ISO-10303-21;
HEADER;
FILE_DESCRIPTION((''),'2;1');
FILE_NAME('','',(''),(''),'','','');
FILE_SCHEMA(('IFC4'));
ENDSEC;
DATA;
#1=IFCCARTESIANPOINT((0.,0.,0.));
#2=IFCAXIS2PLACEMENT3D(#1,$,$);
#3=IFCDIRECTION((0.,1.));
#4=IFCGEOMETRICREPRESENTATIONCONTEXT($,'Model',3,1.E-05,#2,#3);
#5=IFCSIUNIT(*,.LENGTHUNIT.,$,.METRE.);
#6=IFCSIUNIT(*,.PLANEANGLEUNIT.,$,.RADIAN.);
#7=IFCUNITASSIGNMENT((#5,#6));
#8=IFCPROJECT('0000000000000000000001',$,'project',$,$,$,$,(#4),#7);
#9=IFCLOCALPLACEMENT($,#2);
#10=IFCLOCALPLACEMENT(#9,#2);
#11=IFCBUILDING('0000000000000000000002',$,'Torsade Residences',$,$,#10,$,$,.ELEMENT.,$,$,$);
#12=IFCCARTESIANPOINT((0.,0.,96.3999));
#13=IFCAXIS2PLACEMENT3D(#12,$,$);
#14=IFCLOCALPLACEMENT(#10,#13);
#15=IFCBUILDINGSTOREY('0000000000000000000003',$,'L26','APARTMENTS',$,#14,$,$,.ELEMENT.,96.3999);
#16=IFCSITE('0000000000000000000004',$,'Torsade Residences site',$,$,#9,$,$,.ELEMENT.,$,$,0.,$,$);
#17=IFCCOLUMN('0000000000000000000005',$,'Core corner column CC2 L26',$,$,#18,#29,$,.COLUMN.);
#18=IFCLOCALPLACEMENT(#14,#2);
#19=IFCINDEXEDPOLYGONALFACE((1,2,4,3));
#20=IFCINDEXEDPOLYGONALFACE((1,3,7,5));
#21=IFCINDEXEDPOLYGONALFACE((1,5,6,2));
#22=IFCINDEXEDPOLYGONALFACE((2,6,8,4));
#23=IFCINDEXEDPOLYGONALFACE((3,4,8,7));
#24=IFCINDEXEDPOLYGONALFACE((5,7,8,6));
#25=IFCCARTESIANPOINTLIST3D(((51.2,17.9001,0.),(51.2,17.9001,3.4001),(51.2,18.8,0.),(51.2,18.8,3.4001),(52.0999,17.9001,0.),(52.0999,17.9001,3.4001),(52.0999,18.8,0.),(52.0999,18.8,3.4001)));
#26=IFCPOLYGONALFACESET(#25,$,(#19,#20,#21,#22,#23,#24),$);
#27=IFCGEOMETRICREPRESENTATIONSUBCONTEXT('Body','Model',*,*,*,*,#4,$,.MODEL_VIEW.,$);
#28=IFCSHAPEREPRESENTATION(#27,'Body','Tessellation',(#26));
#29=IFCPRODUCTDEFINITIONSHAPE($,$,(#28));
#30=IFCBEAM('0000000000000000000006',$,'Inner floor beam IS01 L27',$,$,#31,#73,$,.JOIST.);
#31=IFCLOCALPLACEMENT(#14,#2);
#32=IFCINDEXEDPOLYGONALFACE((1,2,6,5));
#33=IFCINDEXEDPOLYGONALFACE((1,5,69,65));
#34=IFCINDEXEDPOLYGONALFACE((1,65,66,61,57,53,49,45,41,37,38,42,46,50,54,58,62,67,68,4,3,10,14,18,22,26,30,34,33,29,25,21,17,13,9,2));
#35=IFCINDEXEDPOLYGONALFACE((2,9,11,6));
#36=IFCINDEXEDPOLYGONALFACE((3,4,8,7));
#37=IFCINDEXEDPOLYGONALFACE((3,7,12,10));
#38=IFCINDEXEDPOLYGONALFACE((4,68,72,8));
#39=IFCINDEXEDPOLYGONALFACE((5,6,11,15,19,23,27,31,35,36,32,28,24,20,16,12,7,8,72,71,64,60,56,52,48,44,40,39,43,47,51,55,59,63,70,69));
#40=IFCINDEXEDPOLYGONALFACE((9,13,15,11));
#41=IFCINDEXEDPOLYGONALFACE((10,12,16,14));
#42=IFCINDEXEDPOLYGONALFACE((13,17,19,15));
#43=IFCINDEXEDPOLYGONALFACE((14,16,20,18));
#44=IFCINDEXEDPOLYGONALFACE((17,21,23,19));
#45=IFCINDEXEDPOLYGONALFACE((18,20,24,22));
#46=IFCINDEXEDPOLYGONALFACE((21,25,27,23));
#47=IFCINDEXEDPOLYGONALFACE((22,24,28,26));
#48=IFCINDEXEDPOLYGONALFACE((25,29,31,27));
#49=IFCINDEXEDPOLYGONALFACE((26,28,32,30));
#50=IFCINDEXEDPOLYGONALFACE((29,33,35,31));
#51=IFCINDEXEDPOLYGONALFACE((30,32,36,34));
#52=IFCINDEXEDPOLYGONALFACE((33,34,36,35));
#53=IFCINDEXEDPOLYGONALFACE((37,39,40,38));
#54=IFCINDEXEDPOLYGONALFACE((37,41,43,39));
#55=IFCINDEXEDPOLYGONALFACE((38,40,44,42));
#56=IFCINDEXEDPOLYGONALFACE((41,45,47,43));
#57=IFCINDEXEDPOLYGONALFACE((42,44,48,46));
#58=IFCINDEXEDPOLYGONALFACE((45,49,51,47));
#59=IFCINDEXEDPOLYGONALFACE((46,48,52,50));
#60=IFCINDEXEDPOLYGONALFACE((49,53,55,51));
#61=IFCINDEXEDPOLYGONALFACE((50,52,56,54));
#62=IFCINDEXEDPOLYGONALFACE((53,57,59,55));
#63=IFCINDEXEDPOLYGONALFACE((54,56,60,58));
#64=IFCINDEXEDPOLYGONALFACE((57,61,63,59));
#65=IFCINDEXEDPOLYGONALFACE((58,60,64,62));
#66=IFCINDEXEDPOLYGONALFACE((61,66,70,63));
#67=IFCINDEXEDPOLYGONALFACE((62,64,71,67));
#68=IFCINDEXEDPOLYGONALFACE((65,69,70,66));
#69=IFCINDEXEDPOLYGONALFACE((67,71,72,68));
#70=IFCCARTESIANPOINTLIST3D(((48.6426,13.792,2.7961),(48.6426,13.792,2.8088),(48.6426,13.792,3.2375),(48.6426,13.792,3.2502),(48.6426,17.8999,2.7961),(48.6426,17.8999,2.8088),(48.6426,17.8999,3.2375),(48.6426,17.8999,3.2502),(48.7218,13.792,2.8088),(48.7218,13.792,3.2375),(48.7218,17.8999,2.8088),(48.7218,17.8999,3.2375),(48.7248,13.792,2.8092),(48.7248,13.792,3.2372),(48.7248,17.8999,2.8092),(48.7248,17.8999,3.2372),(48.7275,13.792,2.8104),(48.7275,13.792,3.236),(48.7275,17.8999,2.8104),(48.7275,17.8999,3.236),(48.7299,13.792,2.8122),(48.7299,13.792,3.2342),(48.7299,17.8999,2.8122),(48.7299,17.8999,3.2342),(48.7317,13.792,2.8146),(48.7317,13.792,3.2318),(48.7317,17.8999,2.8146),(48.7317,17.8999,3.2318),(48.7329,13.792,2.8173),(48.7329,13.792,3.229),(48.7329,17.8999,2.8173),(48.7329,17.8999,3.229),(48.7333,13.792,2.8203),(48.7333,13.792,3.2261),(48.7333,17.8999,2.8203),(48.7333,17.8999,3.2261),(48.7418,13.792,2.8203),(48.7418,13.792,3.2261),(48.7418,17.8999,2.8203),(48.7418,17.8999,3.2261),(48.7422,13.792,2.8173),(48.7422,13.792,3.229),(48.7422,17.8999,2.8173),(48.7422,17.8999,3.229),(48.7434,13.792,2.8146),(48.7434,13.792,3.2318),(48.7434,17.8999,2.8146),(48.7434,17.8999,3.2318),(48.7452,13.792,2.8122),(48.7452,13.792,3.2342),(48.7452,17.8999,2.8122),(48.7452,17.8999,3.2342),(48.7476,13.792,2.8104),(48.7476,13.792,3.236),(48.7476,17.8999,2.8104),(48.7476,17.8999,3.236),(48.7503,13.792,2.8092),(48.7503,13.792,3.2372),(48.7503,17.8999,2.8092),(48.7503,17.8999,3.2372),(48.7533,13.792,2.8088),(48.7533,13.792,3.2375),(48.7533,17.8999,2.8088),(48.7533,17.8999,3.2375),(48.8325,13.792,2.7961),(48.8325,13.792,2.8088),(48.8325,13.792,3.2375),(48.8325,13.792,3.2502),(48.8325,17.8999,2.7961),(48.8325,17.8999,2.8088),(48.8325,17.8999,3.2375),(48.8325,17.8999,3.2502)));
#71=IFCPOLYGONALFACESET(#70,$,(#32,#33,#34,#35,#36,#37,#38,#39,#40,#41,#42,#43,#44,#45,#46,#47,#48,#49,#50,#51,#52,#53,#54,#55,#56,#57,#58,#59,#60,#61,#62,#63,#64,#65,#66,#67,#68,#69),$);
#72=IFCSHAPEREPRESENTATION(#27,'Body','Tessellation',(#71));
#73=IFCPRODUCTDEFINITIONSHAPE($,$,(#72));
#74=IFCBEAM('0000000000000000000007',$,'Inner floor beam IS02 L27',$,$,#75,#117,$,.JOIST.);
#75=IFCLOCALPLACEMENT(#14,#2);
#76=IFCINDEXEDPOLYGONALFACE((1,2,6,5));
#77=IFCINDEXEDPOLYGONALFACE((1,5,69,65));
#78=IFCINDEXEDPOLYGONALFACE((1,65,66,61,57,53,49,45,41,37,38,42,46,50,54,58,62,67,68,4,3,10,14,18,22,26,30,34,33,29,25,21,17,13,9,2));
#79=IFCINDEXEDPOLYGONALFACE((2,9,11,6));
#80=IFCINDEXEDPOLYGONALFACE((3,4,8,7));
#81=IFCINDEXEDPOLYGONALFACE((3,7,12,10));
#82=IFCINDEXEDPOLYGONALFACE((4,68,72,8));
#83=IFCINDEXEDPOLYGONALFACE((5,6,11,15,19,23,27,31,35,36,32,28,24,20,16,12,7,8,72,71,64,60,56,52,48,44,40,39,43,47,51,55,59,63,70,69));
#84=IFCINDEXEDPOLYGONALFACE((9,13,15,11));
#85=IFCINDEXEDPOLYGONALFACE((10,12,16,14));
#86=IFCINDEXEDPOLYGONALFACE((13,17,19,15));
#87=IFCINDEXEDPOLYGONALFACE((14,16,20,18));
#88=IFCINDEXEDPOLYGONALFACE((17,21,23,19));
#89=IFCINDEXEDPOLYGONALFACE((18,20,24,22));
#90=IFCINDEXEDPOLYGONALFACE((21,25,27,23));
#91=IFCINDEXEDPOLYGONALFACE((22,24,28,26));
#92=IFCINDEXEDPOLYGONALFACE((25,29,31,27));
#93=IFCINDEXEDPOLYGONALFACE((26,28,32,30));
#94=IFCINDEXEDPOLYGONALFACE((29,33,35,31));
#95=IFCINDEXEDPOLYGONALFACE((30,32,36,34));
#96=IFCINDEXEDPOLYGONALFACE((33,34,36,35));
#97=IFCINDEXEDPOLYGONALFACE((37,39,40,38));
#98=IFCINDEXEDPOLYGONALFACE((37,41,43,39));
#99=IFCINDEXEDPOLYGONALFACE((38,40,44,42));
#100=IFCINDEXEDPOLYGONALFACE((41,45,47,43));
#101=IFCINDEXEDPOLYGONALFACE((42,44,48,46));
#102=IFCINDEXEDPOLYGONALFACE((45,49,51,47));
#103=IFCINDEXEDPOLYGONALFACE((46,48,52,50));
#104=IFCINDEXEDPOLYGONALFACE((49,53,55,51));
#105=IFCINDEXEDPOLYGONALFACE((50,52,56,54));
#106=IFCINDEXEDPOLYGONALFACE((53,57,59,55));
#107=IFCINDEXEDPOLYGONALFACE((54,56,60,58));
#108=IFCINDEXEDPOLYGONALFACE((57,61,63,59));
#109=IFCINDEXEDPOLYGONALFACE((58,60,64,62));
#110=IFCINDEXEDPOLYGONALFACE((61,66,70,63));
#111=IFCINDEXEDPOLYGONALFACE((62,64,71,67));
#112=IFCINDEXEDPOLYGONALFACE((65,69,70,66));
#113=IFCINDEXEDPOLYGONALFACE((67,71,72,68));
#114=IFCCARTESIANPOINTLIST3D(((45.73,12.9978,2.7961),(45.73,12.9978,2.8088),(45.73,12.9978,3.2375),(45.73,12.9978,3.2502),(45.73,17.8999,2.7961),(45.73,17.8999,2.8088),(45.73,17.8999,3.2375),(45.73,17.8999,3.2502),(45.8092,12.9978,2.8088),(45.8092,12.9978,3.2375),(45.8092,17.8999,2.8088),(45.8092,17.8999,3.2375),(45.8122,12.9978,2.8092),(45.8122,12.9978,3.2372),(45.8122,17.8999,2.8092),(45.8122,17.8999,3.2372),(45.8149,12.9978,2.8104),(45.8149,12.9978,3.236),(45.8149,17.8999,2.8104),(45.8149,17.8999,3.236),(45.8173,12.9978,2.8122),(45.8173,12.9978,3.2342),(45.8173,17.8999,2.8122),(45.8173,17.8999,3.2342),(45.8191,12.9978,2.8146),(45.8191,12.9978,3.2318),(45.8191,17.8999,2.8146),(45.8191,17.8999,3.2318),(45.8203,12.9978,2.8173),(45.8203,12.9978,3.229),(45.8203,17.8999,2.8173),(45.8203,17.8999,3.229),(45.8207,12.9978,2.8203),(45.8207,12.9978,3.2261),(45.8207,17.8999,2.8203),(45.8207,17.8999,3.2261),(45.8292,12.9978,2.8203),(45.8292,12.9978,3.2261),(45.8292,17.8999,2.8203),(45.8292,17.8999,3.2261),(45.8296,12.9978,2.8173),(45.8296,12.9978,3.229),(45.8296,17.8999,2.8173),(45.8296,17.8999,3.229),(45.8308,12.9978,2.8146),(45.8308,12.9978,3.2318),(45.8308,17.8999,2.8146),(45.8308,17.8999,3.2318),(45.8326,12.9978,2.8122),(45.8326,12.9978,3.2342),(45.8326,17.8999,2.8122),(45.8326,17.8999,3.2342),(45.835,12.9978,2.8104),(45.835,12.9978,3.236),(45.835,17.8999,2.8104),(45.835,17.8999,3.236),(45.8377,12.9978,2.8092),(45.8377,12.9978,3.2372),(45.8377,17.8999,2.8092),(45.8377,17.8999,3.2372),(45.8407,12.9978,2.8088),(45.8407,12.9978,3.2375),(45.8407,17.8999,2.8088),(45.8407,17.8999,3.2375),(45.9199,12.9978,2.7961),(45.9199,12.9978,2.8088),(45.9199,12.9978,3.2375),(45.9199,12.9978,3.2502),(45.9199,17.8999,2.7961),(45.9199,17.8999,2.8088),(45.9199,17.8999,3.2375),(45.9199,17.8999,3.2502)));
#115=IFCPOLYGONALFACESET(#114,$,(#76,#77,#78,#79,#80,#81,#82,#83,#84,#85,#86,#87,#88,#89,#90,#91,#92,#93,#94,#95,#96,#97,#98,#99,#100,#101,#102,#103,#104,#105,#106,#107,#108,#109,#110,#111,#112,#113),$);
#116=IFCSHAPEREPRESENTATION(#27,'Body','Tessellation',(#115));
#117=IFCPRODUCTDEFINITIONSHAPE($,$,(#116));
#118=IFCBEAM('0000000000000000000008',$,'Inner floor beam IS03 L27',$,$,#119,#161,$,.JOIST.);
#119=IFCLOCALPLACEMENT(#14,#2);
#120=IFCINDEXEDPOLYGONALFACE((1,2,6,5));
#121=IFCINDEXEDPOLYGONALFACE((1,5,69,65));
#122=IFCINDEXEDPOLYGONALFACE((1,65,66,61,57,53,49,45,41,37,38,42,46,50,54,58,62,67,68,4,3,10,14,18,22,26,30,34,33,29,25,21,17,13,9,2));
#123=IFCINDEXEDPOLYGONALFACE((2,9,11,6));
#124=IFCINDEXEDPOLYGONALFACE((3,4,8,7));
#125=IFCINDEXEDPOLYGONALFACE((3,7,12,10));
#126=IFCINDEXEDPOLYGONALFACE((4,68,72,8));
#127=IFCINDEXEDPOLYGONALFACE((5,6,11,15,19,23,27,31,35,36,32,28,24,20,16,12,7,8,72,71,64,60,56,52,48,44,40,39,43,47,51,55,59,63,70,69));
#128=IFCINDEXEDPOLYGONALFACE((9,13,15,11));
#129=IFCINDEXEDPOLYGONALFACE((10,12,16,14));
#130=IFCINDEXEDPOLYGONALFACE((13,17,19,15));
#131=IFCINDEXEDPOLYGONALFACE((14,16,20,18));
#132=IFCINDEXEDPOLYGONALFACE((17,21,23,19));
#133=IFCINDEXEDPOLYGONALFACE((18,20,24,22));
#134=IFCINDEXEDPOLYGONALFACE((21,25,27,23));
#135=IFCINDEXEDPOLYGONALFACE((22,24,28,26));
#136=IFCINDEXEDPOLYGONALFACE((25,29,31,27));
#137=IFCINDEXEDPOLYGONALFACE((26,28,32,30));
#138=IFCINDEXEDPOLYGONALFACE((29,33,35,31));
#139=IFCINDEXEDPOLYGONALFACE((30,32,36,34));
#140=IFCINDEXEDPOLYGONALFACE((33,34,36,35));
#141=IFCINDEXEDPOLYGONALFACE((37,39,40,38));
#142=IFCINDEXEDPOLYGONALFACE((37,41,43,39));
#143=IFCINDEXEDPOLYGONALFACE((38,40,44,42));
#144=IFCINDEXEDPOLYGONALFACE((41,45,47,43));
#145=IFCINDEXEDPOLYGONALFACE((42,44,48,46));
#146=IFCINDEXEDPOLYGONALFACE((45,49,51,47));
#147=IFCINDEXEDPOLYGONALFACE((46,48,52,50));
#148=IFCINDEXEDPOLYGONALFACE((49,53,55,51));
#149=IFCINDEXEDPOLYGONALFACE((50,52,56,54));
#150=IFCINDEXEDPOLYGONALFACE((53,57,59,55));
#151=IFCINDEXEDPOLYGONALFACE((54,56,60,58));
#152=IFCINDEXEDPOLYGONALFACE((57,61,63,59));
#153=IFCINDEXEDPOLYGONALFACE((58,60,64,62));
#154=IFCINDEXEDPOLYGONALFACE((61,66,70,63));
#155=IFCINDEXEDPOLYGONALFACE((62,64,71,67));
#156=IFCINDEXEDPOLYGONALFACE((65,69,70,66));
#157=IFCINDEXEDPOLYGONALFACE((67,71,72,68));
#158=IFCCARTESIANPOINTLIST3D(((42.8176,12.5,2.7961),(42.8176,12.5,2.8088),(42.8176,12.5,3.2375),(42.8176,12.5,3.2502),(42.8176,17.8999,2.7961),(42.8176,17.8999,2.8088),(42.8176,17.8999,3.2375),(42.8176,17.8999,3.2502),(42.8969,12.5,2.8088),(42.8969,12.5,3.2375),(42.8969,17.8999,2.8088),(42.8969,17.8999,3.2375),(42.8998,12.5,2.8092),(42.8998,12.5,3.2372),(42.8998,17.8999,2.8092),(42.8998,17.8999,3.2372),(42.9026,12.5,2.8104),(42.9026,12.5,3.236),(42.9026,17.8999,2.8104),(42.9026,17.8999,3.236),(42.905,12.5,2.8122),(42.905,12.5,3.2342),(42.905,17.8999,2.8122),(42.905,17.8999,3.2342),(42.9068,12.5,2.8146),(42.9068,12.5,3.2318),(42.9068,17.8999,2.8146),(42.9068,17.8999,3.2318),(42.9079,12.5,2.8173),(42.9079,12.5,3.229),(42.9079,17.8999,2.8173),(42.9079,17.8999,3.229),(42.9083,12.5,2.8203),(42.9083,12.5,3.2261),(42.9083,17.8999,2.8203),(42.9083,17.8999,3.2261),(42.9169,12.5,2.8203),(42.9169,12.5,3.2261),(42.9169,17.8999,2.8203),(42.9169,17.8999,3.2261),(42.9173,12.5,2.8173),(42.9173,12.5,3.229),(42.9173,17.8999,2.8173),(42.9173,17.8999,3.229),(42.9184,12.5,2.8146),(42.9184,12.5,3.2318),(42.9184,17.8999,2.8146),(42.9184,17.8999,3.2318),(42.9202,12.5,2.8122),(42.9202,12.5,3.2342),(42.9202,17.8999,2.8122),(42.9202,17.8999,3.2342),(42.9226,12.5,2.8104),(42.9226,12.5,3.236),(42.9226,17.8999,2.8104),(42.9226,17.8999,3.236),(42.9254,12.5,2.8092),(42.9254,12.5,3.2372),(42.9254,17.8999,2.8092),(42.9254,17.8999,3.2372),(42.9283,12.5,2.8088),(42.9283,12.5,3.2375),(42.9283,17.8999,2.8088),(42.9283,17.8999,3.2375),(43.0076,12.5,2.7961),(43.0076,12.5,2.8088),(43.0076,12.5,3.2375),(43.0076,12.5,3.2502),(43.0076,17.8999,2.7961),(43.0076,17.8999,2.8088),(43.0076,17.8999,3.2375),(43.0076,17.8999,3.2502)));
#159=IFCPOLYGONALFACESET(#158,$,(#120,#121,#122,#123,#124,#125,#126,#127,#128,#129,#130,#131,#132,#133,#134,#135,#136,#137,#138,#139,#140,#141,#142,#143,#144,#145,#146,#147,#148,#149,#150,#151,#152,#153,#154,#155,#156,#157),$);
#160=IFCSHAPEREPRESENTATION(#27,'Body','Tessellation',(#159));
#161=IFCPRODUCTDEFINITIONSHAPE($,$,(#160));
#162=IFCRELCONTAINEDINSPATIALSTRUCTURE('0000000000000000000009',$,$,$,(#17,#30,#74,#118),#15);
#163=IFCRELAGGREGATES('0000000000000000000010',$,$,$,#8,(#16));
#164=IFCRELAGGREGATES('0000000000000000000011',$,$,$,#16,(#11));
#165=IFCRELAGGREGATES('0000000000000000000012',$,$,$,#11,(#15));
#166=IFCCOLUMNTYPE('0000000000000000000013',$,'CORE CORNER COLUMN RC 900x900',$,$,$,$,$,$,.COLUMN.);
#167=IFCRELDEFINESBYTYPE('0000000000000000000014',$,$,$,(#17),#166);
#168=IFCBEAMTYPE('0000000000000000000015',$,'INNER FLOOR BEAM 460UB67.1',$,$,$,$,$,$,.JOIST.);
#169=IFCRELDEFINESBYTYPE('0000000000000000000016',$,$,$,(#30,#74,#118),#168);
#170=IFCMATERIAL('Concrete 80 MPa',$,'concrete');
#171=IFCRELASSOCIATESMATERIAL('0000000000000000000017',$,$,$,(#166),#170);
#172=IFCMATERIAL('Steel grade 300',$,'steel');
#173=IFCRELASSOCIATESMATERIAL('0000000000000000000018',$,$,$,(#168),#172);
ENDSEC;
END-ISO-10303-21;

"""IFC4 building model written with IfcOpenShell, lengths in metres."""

from ifc_helpers import new_model, si_unit, direction, frame, origin, origin_2d, place, context, subcontext, project, spatial, rectangle, i_section, extrude, material, material_profile, profile_set, type_object, element, save


model = new_model("IFC4")

# Units and contexts
model_context = context("Model", 3, precision=1e-05, world=origin(), true_north=direction((0.0, 1.0)))
body_context = subcontext(model_context, "Body", "Model", "MODEL_VIEW")
ifc_project = project(units=[si_unit("LENGTHUNIT", "METRE"), si_unit("PLANEANGLEUNIT", "RADIAN")], contexts=[model_context])

# Site, building, storey
site_placement = place(None, origin())
site = spatial("IfcSite", under=ifc_project, at=site_placement, Name="Torsade Residences site", CompositionType="ELEMENT", RefElevation=0.0)
building_placement = place(site_placement, origin())
building = spatial("IfcBuilding", under=site, at=building_placement, Name="Torsade Residences", CompositionType="ELEMENT")
storey_placement = place(building_placement, frame((0.0, 0.0, 96.3999)))
storey = spatial("IfcBuildingStorey", under=building, at=storey_placement, Name="L26", Description="APARTMENTS", CompositionType="ELEMENT", Elevation=96.3999)

# Column
ifc_material_1 = material(Name="Concrete 80 MPa", Category="concrete")
ifc_material_profile_1 = material_profile(ifc_material_1, rectangle(XDim=0.8999, YDim=0.8999, at=origin_2d()), Name="RC 900x900")
ifc_profile_set_1 = profile_set([ifc_material_profile_1], Name="Concrete 80 MPa")
column_type = type_object("IfcColumnType", Name="CORE CORNER COLUMN RC 900x900", PredefinedType="COLUMN", material=ifc_profile_set_1)
column_placement = place(storey_placement, frame((51.6499, 18.3501, 0.0), z_axis=(0.0, 0.0, 1.0), x_axis=(1.0, 0.0, 0.0)))
element("IfcColumn", 1, at=column_placement, inside=storey, type_object=column_type, Name="Core corner column CC2 L26", PredefinedType="COLUMN", context=body_context, shape_type="SweptSolid", body=[
    extrude(rectangle(XDim=0.8999, YDim=0.8999, at=origin_2d()), origin(), (0.0, 0.0, 1.0), 3.4001),
])

# Beams
ifc_material_2 = material(Name="Steel grade 300", Category="steel")
ifc_material_profile_2 = material_profile(ifc_material_2, i_section(OverallWidth=0.1899, OverallDepth=0.4541, WebThickness=0.0085, FlangeThickness=0.0127, FilletRadius=0.0115, at=origin_2d()), Name="460UB67.1")
ifc_profile_set_2 = profile_set([ifc_material_profile_2], Name="Steel grade 300")
beam_type_1 = type_object("IfcBeamType", Name="INNER FLOOR BEAM 460UB67.1", PredefinedType="JOIST", material=ifc_profile_set_2)
beam_1_placement = place(storey_placement, frame((48.7375, 17.8999, 3.0232), z_axis=(0.0, -1.0, 0.0), x_axis=(1.0, 0.0, 0.0)))
element("IfcBeam", 2, at=beam_1_placement, inside=storey, type_object=beam_type_1, Name="Inner floor beam IS01 L27", PredefinedType="JOIST", context=body_context, shape_type="SweptSolid", body=[
    extrude(i_section(OverallWidth=0.1899, OverallDepth=0.4541, WebThickness=0.0085, FlangeThickness=0.0127, FilletRadius=0.0115, at=origin_2d()), origin(), (0.0, 0.0, 1.0), 4.1079),
])
beam_2_placement = place(storey_placement, frame((45.825, 17.8999, 3.0232), z_axis=(0.0, -1.0, 0.0), x_axis=(1.0, 0.0, 0.0)))
element("IfcBeam", 3, at=beam_2_placement, inside=storey, type_object=beam_type_1, Name="Inner floor beam IS02 L27", PredefinedType="JOIST", context=body_context, shape_type="SweptSolid", body=[
    extrude(i_section(OverallWidth=0.1899, OverallDepth=0.4541, WebThickness=0.0085, FlangeThickness=0.0127, FilletRadius=0.0115, at=origin_2d()), origin(), (0.0, 0.0, 1.0), 4.9021),
])
for number, where, z_axis, x_axis, name in (
    (4, (42.9126, 17.8999, 3.0232), (0.0, -1.0, 0.0), (1.0, 0.0, 0.0), "Inner floor beam IS03 L27"),
):
    element("IfcBeam", number, at=place(storey_placement, frame(where, z_axis=z_axis, x_axis=x_axis)), inside=storey, type_object=beam_type_1, Name=name, PredefinedType="JOIST", context=body_context, shape_type="SweptSolid", body=[
        extrude(i_section(OverallWidth=0.1899, OverallDepth=0.4541, WebThickness=0.0085, FlangeThickness=0.0127, FilletRadius=0.0115, at=origin_2d()), origin(), (0.0, 0.0, 1.0), 5.3999),
    ])

save(model, "model.ifc")
